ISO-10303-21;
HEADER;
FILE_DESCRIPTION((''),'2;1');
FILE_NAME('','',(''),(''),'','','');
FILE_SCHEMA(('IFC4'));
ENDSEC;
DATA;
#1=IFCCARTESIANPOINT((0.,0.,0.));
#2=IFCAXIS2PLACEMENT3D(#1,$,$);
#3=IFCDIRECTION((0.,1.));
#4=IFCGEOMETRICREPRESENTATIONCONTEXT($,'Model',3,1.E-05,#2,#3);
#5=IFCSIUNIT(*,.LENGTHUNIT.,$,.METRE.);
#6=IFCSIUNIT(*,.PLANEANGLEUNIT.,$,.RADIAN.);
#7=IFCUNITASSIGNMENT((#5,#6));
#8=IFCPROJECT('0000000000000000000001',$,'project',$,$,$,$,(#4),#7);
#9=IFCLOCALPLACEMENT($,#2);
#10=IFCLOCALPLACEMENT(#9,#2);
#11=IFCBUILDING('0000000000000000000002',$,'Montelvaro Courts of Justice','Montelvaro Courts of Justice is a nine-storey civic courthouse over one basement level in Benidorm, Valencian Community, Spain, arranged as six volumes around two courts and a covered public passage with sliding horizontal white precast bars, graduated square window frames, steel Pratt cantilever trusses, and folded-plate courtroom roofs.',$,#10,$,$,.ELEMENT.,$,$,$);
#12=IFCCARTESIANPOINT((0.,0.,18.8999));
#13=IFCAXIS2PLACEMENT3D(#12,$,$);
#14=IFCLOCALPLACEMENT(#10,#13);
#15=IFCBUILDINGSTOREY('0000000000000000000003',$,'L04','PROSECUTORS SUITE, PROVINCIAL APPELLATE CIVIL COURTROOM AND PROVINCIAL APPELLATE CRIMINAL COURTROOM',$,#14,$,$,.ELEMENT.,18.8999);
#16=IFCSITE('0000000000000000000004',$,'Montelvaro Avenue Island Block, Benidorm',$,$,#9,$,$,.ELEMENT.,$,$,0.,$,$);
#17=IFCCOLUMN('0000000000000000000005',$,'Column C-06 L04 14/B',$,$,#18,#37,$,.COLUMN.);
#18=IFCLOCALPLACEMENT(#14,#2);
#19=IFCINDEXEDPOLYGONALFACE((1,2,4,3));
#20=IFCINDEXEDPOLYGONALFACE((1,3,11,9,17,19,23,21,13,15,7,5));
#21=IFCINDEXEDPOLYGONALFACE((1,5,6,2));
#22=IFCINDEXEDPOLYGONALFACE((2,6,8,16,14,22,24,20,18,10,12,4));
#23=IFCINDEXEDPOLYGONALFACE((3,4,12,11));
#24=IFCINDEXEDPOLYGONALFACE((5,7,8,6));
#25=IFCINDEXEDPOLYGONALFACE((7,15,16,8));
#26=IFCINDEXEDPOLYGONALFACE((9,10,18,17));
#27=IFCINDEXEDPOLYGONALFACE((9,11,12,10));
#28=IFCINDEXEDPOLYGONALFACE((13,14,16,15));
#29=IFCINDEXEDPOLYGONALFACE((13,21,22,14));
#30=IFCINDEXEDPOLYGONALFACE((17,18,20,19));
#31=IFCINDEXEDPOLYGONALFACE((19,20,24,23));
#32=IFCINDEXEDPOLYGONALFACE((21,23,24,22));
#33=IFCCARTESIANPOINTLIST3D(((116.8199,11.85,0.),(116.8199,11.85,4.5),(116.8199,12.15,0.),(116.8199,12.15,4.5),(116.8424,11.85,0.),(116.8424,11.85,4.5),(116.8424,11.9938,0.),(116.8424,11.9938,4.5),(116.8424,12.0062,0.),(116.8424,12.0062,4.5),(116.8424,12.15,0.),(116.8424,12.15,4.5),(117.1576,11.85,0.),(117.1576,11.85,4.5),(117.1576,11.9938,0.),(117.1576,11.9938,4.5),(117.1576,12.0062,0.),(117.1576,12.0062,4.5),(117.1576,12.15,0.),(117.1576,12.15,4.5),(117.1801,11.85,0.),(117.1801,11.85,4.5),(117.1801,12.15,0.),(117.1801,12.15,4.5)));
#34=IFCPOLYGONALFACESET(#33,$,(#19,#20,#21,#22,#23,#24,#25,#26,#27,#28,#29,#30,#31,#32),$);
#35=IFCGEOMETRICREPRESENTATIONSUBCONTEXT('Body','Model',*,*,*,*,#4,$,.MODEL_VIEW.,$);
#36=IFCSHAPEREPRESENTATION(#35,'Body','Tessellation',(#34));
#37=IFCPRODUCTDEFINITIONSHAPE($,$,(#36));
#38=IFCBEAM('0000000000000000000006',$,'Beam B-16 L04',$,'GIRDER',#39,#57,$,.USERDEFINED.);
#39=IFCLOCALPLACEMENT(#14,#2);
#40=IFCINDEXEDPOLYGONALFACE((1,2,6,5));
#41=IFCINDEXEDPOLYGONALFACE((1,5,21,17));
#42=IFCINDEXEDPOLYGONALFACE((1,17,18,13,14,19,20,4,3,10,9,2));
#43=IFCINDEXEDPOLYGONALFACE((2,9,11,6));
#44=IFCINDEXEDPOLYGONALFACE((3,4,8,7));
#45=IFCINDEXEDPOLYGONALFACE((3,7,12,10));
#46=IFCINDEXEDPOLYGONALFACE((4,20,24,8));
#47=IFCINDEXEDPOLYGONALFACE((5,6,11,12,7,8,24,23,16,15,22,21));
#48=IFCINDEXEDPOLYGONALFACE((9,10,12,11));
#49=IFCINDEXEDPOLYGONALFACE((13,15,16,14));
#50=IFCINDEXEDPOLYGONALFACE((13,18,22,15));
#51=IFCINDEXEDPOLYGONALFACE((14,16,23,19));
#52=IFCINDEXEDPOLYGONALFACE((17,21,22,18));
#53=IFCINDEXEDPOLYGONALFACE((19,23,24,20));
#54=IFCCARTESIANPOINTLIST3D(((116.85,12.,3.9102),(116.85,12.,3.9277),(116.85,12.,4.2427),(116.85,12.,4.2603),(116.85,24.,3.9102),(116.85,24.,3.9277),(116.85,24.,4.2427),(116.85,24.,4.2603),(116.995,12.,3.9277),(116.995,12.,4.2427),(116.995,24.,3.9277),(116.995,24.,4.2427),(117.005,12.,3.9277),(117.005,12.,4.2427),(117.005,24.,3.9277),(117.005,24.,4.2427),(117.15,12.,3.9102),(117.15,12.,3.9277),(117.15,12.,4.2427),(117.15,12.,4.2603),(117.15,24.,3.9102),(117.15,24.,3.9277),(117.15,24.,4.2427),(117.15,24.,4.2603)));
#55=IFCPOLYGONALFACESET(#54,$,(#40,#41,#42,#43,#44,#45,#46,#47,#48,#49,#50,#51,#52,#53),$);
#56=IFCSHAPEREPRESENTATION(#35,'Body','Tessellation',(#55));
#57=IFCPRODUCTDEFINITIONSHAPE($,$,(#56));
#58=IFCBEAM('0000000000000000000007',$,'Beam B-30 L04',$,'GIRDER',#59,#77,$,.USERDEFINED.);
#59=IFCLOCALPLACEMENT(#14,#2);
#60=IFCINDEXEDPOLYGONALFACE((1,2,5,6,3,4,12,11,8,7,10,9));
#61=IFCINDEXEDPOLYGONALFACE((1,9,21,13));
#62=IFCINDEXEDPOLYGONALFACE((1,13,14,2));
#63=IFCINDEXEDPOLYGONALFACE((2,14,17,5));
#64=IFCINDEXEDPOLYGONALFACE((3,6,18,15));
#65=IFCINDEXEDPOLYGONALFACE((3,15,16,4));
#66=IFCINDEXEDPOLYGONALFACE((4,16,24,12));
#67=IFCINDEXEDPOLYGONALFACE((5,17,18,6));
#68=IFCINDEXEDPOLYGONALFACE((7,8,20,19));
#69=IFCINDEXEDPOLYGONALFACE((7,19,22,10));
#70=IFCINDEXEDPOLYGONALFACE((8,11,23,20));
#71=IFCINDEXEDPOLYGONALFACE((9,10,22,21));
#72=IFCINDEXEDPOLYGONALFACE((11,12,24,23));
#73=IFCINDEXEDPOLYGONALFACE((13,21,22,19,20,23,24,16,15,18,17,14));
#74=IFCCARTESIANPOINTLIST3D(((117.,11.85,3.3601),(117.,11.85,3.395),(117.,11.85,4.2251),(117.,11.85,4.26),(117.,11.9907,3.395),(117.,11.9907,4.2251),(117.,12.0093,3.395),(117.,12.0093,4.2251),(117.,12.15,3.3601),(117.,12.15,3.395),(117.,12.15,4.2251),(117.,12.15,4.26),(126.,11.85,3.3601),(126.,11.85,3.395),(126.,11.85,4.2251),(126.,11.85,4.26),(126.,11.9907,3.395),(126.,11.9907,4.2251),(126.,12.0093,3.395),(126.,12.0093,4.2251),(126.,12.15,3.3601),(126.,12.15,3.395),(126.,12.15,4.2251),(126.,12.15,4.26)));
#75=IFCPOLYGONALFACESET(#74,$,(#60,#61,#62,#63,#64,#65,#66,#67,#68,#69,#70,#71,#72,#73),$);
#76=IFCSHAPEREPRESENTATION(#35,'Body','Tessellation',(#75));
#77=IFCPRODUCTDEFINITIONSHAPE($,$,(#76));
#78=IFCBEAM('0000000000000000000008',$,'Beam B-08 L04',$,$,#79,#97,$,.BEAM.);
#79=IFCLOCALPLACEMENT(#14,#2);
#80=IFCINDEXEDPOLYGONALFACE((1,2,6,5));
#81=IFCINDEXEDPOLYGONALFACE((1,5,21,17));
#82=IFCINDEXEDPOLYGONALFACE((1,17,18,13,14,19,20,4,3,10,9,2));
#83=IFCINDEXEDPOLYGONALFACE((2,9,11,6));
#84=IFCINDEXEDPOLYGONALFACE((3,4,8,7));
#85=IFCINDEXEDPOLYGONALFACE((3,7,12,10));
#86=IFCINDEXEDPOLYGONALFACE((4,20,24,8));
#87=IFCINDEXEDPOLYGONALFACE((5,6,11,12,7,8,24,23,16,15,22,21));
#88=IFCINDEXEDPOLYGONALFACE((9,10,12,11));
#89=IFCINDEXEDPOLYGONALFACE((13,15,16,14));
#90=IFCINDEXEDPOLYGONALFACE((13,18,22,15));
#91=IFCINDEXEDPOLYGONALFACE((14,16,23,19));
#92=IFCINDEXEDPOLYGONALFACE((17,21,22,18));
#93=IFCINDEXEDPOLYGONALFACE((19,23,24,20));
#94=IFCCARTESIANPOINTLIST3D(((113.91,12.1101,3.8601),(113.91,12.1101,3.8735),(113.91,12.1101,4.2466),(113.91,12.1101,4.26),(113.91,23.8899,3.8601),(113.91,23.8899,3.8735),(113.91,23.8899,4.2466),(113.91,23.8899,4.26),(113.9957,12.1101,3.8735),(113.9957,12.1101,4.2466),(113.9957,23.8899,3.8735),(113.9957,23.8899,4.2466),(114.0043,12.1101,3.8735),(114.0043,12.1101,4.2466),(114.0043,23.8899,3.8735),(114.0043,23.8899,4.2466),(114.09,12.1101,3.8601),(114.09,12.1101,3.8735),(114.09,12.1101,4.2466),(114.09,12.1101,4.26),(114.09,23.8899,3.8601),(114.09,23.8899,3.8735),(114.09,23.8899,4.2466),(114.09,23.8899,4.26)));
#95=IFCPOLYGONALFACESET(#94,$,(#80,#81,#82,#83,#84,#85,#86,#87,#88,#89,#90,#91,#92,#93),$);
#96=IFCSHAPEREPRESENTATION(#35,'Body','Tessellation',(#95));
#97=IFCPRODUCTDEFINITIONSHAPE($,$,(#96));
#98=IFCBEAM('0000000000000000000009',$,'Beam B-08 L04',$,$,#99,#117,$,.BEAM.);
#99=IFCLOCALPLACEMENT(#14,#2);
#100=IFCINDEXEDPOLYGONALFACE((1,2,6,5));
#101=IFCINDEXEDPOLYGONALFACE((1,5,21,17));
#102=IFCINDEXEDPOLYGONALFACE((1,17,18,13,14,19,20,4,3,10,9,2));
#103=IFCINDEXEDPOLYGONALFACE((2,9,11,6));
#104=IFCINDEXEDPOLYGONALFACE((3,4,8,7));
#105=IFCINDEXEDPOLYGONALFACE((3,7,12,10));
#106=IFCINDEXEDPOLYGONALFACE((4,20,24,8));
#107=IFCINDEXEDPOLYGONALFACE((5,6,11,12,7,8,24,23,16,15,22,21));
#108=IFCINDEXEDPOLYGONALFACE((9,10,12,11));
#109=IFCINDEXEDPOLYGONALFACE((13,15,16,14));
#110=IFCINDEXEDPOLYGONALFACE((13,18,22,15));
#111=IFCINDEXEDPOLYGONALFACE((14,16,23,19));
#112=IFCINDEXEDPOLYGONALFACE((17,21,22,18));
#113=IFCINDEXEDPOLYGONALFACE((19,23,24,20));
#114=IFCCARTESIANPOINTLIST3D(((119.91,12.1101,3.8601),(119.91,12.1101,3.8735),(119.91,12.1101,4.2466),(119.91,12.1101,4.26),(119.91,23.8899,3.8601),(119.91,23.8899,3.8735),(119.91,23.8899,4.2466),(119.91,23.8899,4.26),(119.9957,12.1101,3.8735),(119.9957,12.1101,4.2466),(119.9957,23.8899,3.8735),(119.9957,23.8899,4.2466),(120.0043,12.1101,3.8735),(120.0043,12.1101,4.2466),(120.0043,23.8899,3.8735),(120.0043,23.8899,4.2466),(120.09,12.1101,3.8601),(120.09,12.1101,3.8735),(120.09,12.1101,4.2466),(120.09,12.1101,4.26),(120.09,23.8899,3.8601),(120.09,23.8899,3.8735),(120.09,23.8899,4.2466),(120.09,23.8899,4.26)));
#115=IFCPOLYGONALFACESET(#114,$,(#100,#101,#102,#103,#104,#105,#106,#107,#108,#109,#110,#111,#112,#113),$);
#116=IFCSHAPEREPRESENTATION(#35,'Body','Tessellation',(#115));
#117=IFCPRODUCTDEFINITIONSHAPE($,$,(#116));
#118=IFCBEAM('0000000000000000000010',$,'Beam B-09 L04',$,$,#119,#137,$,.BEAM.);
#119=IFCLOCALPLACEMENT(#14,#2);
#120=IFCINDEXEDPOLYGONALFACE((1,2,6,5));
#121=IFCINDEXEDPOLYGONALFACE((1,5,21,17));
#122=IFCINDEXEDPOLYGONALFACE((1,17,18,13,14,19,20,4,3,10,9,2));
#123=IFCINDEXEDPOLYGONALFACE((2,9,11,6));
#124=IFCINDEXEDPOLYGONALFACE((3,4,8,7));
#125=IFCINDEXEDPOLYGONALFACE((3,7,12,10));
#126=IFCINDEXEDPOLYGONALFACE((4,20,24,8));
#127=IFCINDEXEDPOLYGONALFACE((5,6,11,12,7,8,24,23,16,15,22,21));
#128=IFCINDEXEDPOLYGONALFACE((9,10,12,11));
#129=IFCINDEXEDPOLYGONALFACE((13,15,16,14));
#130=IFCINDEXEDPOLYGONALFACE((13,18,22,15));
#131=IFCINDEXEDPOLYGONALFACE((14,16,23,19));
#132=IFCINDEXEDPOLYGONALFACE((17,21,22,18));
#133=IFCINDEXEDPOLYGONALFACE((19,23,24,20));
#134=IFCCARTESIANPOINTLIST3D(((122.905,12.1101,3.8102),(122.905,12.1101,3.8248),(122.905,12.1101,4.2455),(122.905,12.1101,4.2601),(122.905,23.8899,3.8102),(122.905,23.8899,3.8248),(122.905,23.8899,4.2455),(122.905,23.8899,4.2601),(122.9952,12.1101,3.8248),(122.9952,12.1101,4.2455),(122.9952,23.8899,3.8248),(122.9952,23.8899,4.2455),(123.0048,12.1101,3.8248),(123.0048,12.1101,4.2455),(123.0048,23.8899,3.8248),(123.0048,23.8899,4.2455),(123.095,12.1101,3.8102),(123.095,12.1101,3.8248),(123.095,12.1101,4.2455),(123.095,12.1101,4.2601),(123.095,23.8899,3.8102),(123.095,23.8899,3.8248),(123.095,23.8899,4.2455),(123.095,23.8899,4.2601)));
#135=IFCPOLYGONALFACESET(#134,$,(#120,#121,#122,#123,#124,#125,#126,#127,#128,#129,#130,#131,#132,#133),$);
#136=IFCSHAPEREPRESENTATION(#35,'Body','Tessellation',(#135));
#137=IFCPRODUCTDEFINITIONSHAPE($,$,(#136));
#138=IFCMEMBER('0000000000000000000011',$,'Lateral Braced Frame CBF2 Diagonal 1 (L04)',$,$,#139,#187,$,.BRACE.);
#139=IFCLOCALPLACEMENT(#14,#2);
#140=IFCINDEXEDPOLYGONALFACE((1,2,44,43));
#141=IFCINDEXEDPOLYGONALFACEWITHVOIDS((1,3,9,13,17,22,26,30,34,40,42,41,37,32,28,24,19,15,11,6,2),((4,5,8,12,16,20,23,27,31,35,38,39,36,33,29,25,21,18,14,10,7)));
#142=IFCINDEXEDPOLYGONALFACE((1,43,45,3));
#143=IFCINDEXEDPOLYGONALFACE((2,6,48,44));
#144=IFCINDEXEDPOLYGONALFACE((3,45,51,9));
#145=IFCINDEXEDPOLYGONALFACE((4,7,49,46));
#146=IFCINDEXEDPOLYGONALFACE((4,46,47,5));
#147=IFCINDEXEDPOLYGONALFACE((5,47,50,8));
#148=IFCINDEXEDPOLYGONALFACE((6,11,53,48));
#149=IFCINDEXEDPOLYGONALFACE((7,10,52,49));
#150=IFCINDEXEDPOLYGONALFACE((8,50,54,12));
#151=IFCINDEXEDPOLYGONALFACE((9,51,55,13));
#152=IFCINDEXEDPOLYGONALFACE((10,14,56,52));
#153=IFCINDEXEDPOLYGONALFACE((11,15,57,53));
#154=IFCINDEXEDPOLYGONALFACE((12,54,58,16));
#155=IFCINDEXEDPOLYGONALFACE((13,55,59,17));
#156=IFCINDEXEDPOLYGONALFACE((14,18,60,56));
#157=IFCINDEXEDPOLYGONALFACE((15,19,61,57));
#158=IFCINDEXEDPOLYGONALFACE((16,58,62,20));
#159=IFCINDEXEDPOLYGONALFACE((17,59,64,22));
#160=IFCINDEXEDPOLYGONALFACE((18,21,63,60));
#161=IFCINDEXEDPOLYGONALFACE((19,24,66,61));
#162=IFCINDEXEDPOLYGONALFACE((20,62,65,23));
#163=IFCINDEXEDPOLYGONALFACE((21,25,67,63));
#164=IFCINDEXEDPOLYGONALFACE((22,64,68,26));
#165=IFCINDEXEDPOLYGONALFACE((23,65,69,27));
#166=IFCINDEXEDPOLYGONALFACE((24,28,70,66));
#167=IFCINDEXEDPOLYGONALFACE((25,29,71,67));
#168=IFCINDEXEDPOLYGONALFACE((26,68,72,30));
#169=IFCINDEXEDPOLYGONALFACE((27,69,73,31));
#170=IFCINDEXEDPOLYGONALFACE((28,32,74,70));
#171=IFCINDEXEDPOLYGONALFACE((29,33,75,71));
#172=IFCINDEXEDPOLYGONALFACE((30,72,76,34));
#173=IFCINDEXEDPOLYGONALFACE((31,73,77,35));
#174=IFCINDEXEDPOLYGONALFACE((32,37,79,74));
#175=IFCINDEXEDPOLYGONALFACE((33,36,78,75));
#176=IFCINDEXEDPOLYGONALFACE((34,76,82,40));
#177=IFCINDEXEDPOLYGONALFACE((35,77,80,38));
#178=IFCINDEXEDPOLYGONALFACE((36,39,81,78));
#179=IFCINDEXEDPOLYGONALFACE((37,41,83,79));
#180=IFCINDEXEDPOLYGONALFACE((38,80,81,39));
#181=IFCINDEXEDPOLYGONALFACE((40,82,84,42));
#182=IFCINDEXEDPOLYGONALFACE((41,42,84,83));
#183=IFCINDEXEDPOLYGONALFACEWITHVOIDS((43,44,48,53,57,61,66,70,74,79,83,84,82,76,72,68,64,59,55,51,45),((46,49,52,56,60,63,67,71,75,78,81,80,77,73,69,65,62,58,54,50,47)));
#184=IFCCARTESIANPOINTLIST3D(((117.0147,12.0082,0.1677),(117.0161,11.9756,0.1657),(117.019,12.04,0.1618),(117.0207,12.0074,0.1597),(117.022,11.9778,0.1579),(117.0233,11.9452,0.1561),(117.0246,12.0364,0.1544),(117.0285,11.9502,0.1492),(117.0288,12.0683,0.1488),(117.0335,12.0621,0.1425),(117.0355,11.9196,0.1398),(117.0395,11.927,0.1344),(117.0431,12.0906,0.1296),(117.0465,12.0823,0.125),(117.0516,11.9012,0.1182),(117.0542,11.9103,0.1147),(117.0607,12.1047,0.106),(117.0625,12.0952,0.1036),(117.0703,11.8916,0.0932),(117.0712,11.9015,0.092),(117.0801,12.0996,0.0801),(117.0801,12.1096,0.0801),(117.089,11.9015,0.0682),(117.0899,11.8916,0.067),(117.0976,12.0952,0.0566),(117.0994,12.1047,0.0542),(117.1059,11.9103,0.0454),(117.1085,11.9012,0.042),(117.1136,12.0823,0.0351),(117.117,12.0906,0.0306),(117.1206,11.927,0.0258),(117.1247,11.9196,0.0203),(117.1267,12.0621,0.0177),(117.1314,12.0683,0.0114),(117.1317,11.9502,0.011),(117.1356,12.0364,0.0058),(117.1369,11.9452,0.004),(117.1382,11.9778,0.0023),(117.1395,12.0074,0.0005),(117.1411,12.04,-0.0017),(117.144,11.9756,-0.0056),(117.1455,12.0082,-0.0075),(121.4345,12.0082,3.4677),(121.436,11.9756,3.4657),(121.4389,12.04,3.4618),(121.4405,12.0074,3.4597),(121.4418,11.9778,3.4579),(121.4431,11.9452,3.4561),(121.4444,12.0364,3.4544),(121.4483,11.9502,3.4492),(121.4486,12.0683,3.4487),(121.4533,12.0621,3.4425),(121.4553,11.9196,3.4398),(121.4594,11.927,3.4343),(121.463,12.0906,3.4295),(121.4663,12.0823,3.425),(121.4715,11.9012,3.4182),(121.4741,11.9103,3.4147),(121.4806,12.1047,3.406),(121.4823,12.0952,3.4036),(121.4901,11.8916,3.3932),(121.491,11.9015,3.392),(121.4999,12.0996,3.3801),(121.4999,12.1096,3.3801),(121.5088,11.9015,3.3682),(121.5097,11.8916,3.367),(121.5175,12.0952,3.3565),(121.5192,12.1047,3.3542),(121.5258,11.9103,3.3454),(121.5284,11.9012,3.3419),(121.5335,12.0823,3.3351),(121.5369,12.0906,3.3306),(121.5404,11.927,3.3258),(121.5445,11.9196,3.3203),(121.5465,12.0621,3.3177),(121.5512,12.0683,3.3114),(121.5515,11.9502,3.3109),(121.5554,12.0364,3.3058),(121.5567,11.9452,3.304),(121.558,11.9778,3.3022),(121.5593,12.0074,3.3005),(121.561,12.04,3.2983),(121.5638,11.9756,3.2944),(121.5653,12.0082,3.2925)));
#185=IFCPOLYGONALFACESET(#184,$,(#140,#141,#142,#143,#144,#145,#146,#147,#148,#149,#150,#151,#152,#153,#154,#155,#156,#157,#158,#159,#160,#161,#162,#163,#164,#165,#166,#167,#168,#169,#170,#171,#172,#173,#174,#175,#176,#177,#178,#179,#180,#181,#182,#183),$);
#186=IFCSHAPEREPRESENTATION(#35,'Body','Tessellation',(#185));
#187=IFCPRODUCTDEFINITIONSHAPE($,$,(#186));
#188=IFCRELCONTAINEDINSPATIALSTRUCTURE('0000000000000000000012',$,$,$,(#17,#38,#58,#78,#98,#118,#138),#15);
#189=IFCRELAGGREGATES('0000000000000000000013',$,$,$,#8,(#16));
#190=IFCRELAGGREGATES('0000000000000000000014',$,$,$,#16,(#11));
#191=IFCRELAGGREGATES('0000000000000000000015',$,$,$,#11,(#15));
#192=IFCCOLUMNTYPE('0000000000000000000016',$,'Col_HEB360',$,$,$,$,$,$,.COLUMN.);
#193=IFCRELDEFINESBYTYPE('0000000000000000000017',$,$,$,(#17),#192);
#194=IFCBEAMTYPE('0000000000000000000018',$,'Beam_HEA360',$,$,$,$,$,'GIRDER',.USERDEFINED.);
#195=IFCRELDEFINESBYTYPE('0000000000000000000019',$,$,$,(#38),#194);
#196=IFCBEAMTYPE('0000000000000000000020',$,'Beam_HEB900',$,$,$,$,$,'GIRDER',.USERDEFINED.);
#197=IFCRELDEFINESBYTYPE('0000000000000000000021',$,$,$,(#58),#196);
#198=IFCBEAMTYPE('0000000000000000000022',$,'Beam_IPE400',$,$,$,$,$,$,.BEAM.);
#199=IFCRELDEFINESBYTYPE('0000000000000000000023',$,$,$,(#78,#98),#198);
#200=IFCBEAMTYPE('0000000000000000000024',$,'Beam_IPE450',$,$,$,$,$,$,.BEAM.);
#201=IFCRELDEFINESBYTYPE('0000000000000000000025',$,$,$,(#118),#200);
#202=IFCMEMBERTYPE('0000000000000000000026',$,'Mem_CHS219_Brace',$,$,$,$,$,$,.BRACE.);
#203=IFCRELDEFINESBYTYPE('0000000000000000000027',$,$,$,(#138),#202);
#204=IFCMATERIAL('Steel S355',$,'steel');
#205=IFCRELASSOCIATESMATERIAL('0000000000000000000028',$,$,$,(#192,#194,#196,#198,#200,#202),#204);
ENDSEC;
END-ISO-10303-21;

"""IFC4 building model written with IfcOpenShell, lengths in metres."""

from ifc_helpers import new_model, si_unit, direction, frame, origin, origin_2d, place, context, subcontext, project, spatial, hollow_circle, i_section, extrude, material, material_profile, profile_set, type_object, element, save


model = new_model("IFC4")

# Units and contexts
model_context = context("Model", 3, precision=1e-05, world=origin(), true_north=direction((0.0, 1.0)))
body_context = subcontext(model_context, "Body", "Model", "MODEL_VIEW")
ifc_project = project(units=[si_unit("LENGTHUNIT", "METRE"), si_unit("PLANEANGLEUNIT", "RADIAN")], contexts=[model_context])

# Site, building, storey
site_placement = place(None, origin())
site = spatial("IfcSite", under=ifc_project, at=site_placement, Name="Montelvaro Avenue Island Block, Benidorm", CompositionType="ELEMENT", RefElevation=0.0)
building_placement = place(site_placement, origin())
building = spatial("IfcBuilding", under=site, at=building_placement, Name="Montelvaro Courts of Justice", Description="Montelvaro Courts of Justice is a nine-storey civic courthouse over one basement level in Benidorm, Valencian Community, Spain, arranged as six volumes around two courts and a covered public passage with sliding horizontal white precast bars, graduated square window frames, steel Pratt cantilever trusses, and folded-plate courtroom roofs.", CompositionType="ELEMENT")
storey_placement = place(building_placement, frame((0.0, 0.0, 18.8999)))
storey = spatial("IfcBuildingStorey", under=building, at=storey_placement, Name="L04", Description="PROSECUTORS SUITE, PROVINCIAL APPELLATE CIVIL COURTROOM AND PROVINCIAL APPELLATE CRIMINAL COURTROOM", CompositionType="ELEMENT", Elevation=18.8999)

# Column
ifc_material_1 = material(Name="Steel S355", Category="steel")
ifc_material_profile_1 = material_profile(ifc_material_1, i_section(OverallWidth=0.3, OverallDepth=0.3601, WebThickness=0.0125, FlangeThickness=0.0225, at=origin_2d()), Name="HEB 360")
ifc_profile_set_1 = profile_set([ifc_material_profile_1], Name="Steel S355")
column_type = type_object("IfcColumnType", Name="Col_HEB360", PredefinedType="COLUMN", material=ifc_profile_set_1)
column_placement = place(storey_placement, frame((117.0, 12.0, 0.0), z_axis=(0.0, 0.0, 1.0), x_axis=(0.0, 1.0, 0.0)))
element("IfcColumn", 1, at=column_placement, inside=storey, type_object=column_type, Name="Column C-06 L04 14/B", PredefinedType="COLUMN", context=body_context, shape_type="SweptSolid", body=[
    extrude(i_section(OverallWidth=0.3, OverallDepth=0.3601, WebThickness=0.0125, FlangeThickness=0.0225, at=origin_2d()), origin(), (0.0, 0.0, 1.0), 4.5),
])

# Beams
ifc_material_profile_2 = material_profile(ifc_material_1, i_section(OverallWidth=0.3, OverallDepth=0.3501, WebThickness=0.01, FlangeThickness=0.0176, at=origin_2d()), Name="HEA 360")
ifc_profile_set_2 = profile_set([ifc_material_profile_2], Name="Steel S355")
beam_type_1 = type_object("IfcBeamType", Name="Beam_HEA360", ElementType="GIRDER", PredefinedType="USERDEFINED", material=ifc_profile_set_2)
beam_1_placement = place(storey_placement, frame((117.0, 12.0, 4.0852), z_axis=(0.0, 1.0, 0.0), x_axis=(-1.0, 0.0, 0.0)))
element("IfcBeam", 2, at=beam_1_placement, inside=storey, type_object=beam_type_1, Name="Beam B-16 L04", ObjectType="GIRDER", PredefinedType="USERDEFINED", context=body_context, shape_type="SweptSolid", body=[
    extrude(i_section(OverallWidth=0.3, OverallDepth=0.3501, WebThickness=0.01, FlangeThickness=0.0176, at=origin_2d()), origin(), (0.0, 0.0, 1.0), 12.0),
])
ifc_material_profile_3 = material_profile(ifc_material_1, i_section(OverallWidth=0.3, OverallDepth=0.8999, WebThickness=0.0186, FlangeThickness=0.0349, at=origin_2d()), Name="HEB 900")
ifc_profile_set_3 = profile_set([ifc_material_profile_3], Name="Steel S355")
beam_type_2 = type_object("IfcBeamType", Name="Beam_HEB900", ElementType="GIRDER", PredefinedType="USERDEFINED", material=ifc_profile_set_3)
beam_2_placement = place(storey_placement, frame((117.0, 12.0, 3.8101), z_axis=(1.0, 0.0, 0.0), x_axis=(0.0, 1.0, 0.0)))
element("IfcBeam", 3, at=beam_2_placement, inside=storey, type_object=beam_type_2, Name="Beam B-30 L04", ObjectType="GIRDER", PredefinedType="USERDEFINED", context=body_context, shape_type="SweptSolid", body=[
    extrude(i_section(OverallWidth=0.3, OverallDepth=0.8999, WebThickness=0.0186, FlangeThickness=0.0349, at=origin_2d()), origin(), (0.0, 0.0, 1.0), 9.0),
])
ifc_material_profile_4 = material_profile(ifc_material_1, i_section(OverallWidth=0.1799, OverallDepth=0.3999, WebThickness=0.0085, FlangeThickness=0.0134, at=origin_2d()), Name="IPE 400")
ifc_profile_set_4 = profile_set([ifc_material_profile_4], Name="Steel S355")
beam_type_3 = type_object("IfcBeamType", Name="Beam_IPE400", PredefinedType="BEAM", material=ifc_profile_set_4)
for number, where, z_axis, x_axis, name in (
    (4, (114.0, 12.1101, 4.0601), (0.0, 1.0, 0.0), (-1.0, 0.0, 0.0), "Beam B-08 L04"),
    (5, (120.0, 12.1101, 4.0601), (0.0, 1.0, 0.0), (-1.0, 0.0, 0.0), "Beam B-08 L04"),
):
    element("IfcBeam", number, at=place(storey_placement, frame(where, z_axis=z_axis, x_axis=x_axis)), inside=storey, type_object=beam_type_3, Name=name, PredefinedType="BEAM", context=body_context, shape_type="SweptSolid", body=[
        extrude(i_section(OverallWidth=0.1799, OverallDepth=0.3999, WebThickness=0.0085, FlangeThickness=0.0134, at=origin_2d()), origin(), (0.0, 0.0, 1.0), 11.7798),
    ])
ifc_material_profile_5 = material_profile(ifc_material_1, i_section(OverallWidth=0.1899, OverallDepth=0.45, WebThickness=0.0095, FlangeThickness=0.0146, at=origin_2d()), Name="IPE 450")
ifc_profile_set_5 = profile_set([ifc_material_profile_5], Name="Steel S355")
beam_type_4 = type_object("IfcBeamType", Name="Beam_IPE450", PredefinedType="BEAM", material=ifc_profile_set_5)
beam_3_placement = place(storey_placement, frame((123.0, 12.1101, 4.0352), z_axis=(0.0, 1.0, 0.0), x_axis=(-1.0, 0.0, 0.0)))
element("IfcBeam", 6, at=beam_3_placement, inside=storey, type_object=beam_type_4, Name="Beam B-09 L04", PredefinedType="BEAM", context=body_context, shape_type="SweptSolid", body=[
    extrude(i_section(OverallWidth=0.1899, OverallDepth=0.45, WebThickness=0.0095, FlangeThickness=0.0146, at=origin_2d()), origin(), (0.0, 0.0, 1.0), 11.7798),
])

# Member
ifc_material_profile_6 = material_profile(ifc_material_1, hollow_circle(Radius=0.1096, WallThickness=0.01, at=origin_2d()), Name="CHS 219.1x10")
ifc_profile_set_6 = profile_set([ifc_material_profile_6], Name="Steel S355")
member_type = type_object("IfcMemberType", Name="Mem_CHS219_Brace", PredefinedType="BRACE", material=ifc_profile_set_6)
member_placement = place(storey_placement, frame((117.0801, 12.0, 0.0801), z_axis=(0.801294, 0.0, 0.598271), x_axis=(0.0, 1.0, 0.0)))
element("IfcMember", 7, at=member_placement, inside=storey, type_object=member_type, Name="Lateral Braced Frame CBF2 Diagonal 1 (L04)", PredefinedType="BRACE", context=body_context, shape_type="SweptSolid", body=[
    extrude(hollow_circle(Radius=0.1096, WallThickness=0.01, at=origin_2d()), origin(), (0.0, 0.0, 1.0), 5.5159),
])

save(model, "model.ifc")
